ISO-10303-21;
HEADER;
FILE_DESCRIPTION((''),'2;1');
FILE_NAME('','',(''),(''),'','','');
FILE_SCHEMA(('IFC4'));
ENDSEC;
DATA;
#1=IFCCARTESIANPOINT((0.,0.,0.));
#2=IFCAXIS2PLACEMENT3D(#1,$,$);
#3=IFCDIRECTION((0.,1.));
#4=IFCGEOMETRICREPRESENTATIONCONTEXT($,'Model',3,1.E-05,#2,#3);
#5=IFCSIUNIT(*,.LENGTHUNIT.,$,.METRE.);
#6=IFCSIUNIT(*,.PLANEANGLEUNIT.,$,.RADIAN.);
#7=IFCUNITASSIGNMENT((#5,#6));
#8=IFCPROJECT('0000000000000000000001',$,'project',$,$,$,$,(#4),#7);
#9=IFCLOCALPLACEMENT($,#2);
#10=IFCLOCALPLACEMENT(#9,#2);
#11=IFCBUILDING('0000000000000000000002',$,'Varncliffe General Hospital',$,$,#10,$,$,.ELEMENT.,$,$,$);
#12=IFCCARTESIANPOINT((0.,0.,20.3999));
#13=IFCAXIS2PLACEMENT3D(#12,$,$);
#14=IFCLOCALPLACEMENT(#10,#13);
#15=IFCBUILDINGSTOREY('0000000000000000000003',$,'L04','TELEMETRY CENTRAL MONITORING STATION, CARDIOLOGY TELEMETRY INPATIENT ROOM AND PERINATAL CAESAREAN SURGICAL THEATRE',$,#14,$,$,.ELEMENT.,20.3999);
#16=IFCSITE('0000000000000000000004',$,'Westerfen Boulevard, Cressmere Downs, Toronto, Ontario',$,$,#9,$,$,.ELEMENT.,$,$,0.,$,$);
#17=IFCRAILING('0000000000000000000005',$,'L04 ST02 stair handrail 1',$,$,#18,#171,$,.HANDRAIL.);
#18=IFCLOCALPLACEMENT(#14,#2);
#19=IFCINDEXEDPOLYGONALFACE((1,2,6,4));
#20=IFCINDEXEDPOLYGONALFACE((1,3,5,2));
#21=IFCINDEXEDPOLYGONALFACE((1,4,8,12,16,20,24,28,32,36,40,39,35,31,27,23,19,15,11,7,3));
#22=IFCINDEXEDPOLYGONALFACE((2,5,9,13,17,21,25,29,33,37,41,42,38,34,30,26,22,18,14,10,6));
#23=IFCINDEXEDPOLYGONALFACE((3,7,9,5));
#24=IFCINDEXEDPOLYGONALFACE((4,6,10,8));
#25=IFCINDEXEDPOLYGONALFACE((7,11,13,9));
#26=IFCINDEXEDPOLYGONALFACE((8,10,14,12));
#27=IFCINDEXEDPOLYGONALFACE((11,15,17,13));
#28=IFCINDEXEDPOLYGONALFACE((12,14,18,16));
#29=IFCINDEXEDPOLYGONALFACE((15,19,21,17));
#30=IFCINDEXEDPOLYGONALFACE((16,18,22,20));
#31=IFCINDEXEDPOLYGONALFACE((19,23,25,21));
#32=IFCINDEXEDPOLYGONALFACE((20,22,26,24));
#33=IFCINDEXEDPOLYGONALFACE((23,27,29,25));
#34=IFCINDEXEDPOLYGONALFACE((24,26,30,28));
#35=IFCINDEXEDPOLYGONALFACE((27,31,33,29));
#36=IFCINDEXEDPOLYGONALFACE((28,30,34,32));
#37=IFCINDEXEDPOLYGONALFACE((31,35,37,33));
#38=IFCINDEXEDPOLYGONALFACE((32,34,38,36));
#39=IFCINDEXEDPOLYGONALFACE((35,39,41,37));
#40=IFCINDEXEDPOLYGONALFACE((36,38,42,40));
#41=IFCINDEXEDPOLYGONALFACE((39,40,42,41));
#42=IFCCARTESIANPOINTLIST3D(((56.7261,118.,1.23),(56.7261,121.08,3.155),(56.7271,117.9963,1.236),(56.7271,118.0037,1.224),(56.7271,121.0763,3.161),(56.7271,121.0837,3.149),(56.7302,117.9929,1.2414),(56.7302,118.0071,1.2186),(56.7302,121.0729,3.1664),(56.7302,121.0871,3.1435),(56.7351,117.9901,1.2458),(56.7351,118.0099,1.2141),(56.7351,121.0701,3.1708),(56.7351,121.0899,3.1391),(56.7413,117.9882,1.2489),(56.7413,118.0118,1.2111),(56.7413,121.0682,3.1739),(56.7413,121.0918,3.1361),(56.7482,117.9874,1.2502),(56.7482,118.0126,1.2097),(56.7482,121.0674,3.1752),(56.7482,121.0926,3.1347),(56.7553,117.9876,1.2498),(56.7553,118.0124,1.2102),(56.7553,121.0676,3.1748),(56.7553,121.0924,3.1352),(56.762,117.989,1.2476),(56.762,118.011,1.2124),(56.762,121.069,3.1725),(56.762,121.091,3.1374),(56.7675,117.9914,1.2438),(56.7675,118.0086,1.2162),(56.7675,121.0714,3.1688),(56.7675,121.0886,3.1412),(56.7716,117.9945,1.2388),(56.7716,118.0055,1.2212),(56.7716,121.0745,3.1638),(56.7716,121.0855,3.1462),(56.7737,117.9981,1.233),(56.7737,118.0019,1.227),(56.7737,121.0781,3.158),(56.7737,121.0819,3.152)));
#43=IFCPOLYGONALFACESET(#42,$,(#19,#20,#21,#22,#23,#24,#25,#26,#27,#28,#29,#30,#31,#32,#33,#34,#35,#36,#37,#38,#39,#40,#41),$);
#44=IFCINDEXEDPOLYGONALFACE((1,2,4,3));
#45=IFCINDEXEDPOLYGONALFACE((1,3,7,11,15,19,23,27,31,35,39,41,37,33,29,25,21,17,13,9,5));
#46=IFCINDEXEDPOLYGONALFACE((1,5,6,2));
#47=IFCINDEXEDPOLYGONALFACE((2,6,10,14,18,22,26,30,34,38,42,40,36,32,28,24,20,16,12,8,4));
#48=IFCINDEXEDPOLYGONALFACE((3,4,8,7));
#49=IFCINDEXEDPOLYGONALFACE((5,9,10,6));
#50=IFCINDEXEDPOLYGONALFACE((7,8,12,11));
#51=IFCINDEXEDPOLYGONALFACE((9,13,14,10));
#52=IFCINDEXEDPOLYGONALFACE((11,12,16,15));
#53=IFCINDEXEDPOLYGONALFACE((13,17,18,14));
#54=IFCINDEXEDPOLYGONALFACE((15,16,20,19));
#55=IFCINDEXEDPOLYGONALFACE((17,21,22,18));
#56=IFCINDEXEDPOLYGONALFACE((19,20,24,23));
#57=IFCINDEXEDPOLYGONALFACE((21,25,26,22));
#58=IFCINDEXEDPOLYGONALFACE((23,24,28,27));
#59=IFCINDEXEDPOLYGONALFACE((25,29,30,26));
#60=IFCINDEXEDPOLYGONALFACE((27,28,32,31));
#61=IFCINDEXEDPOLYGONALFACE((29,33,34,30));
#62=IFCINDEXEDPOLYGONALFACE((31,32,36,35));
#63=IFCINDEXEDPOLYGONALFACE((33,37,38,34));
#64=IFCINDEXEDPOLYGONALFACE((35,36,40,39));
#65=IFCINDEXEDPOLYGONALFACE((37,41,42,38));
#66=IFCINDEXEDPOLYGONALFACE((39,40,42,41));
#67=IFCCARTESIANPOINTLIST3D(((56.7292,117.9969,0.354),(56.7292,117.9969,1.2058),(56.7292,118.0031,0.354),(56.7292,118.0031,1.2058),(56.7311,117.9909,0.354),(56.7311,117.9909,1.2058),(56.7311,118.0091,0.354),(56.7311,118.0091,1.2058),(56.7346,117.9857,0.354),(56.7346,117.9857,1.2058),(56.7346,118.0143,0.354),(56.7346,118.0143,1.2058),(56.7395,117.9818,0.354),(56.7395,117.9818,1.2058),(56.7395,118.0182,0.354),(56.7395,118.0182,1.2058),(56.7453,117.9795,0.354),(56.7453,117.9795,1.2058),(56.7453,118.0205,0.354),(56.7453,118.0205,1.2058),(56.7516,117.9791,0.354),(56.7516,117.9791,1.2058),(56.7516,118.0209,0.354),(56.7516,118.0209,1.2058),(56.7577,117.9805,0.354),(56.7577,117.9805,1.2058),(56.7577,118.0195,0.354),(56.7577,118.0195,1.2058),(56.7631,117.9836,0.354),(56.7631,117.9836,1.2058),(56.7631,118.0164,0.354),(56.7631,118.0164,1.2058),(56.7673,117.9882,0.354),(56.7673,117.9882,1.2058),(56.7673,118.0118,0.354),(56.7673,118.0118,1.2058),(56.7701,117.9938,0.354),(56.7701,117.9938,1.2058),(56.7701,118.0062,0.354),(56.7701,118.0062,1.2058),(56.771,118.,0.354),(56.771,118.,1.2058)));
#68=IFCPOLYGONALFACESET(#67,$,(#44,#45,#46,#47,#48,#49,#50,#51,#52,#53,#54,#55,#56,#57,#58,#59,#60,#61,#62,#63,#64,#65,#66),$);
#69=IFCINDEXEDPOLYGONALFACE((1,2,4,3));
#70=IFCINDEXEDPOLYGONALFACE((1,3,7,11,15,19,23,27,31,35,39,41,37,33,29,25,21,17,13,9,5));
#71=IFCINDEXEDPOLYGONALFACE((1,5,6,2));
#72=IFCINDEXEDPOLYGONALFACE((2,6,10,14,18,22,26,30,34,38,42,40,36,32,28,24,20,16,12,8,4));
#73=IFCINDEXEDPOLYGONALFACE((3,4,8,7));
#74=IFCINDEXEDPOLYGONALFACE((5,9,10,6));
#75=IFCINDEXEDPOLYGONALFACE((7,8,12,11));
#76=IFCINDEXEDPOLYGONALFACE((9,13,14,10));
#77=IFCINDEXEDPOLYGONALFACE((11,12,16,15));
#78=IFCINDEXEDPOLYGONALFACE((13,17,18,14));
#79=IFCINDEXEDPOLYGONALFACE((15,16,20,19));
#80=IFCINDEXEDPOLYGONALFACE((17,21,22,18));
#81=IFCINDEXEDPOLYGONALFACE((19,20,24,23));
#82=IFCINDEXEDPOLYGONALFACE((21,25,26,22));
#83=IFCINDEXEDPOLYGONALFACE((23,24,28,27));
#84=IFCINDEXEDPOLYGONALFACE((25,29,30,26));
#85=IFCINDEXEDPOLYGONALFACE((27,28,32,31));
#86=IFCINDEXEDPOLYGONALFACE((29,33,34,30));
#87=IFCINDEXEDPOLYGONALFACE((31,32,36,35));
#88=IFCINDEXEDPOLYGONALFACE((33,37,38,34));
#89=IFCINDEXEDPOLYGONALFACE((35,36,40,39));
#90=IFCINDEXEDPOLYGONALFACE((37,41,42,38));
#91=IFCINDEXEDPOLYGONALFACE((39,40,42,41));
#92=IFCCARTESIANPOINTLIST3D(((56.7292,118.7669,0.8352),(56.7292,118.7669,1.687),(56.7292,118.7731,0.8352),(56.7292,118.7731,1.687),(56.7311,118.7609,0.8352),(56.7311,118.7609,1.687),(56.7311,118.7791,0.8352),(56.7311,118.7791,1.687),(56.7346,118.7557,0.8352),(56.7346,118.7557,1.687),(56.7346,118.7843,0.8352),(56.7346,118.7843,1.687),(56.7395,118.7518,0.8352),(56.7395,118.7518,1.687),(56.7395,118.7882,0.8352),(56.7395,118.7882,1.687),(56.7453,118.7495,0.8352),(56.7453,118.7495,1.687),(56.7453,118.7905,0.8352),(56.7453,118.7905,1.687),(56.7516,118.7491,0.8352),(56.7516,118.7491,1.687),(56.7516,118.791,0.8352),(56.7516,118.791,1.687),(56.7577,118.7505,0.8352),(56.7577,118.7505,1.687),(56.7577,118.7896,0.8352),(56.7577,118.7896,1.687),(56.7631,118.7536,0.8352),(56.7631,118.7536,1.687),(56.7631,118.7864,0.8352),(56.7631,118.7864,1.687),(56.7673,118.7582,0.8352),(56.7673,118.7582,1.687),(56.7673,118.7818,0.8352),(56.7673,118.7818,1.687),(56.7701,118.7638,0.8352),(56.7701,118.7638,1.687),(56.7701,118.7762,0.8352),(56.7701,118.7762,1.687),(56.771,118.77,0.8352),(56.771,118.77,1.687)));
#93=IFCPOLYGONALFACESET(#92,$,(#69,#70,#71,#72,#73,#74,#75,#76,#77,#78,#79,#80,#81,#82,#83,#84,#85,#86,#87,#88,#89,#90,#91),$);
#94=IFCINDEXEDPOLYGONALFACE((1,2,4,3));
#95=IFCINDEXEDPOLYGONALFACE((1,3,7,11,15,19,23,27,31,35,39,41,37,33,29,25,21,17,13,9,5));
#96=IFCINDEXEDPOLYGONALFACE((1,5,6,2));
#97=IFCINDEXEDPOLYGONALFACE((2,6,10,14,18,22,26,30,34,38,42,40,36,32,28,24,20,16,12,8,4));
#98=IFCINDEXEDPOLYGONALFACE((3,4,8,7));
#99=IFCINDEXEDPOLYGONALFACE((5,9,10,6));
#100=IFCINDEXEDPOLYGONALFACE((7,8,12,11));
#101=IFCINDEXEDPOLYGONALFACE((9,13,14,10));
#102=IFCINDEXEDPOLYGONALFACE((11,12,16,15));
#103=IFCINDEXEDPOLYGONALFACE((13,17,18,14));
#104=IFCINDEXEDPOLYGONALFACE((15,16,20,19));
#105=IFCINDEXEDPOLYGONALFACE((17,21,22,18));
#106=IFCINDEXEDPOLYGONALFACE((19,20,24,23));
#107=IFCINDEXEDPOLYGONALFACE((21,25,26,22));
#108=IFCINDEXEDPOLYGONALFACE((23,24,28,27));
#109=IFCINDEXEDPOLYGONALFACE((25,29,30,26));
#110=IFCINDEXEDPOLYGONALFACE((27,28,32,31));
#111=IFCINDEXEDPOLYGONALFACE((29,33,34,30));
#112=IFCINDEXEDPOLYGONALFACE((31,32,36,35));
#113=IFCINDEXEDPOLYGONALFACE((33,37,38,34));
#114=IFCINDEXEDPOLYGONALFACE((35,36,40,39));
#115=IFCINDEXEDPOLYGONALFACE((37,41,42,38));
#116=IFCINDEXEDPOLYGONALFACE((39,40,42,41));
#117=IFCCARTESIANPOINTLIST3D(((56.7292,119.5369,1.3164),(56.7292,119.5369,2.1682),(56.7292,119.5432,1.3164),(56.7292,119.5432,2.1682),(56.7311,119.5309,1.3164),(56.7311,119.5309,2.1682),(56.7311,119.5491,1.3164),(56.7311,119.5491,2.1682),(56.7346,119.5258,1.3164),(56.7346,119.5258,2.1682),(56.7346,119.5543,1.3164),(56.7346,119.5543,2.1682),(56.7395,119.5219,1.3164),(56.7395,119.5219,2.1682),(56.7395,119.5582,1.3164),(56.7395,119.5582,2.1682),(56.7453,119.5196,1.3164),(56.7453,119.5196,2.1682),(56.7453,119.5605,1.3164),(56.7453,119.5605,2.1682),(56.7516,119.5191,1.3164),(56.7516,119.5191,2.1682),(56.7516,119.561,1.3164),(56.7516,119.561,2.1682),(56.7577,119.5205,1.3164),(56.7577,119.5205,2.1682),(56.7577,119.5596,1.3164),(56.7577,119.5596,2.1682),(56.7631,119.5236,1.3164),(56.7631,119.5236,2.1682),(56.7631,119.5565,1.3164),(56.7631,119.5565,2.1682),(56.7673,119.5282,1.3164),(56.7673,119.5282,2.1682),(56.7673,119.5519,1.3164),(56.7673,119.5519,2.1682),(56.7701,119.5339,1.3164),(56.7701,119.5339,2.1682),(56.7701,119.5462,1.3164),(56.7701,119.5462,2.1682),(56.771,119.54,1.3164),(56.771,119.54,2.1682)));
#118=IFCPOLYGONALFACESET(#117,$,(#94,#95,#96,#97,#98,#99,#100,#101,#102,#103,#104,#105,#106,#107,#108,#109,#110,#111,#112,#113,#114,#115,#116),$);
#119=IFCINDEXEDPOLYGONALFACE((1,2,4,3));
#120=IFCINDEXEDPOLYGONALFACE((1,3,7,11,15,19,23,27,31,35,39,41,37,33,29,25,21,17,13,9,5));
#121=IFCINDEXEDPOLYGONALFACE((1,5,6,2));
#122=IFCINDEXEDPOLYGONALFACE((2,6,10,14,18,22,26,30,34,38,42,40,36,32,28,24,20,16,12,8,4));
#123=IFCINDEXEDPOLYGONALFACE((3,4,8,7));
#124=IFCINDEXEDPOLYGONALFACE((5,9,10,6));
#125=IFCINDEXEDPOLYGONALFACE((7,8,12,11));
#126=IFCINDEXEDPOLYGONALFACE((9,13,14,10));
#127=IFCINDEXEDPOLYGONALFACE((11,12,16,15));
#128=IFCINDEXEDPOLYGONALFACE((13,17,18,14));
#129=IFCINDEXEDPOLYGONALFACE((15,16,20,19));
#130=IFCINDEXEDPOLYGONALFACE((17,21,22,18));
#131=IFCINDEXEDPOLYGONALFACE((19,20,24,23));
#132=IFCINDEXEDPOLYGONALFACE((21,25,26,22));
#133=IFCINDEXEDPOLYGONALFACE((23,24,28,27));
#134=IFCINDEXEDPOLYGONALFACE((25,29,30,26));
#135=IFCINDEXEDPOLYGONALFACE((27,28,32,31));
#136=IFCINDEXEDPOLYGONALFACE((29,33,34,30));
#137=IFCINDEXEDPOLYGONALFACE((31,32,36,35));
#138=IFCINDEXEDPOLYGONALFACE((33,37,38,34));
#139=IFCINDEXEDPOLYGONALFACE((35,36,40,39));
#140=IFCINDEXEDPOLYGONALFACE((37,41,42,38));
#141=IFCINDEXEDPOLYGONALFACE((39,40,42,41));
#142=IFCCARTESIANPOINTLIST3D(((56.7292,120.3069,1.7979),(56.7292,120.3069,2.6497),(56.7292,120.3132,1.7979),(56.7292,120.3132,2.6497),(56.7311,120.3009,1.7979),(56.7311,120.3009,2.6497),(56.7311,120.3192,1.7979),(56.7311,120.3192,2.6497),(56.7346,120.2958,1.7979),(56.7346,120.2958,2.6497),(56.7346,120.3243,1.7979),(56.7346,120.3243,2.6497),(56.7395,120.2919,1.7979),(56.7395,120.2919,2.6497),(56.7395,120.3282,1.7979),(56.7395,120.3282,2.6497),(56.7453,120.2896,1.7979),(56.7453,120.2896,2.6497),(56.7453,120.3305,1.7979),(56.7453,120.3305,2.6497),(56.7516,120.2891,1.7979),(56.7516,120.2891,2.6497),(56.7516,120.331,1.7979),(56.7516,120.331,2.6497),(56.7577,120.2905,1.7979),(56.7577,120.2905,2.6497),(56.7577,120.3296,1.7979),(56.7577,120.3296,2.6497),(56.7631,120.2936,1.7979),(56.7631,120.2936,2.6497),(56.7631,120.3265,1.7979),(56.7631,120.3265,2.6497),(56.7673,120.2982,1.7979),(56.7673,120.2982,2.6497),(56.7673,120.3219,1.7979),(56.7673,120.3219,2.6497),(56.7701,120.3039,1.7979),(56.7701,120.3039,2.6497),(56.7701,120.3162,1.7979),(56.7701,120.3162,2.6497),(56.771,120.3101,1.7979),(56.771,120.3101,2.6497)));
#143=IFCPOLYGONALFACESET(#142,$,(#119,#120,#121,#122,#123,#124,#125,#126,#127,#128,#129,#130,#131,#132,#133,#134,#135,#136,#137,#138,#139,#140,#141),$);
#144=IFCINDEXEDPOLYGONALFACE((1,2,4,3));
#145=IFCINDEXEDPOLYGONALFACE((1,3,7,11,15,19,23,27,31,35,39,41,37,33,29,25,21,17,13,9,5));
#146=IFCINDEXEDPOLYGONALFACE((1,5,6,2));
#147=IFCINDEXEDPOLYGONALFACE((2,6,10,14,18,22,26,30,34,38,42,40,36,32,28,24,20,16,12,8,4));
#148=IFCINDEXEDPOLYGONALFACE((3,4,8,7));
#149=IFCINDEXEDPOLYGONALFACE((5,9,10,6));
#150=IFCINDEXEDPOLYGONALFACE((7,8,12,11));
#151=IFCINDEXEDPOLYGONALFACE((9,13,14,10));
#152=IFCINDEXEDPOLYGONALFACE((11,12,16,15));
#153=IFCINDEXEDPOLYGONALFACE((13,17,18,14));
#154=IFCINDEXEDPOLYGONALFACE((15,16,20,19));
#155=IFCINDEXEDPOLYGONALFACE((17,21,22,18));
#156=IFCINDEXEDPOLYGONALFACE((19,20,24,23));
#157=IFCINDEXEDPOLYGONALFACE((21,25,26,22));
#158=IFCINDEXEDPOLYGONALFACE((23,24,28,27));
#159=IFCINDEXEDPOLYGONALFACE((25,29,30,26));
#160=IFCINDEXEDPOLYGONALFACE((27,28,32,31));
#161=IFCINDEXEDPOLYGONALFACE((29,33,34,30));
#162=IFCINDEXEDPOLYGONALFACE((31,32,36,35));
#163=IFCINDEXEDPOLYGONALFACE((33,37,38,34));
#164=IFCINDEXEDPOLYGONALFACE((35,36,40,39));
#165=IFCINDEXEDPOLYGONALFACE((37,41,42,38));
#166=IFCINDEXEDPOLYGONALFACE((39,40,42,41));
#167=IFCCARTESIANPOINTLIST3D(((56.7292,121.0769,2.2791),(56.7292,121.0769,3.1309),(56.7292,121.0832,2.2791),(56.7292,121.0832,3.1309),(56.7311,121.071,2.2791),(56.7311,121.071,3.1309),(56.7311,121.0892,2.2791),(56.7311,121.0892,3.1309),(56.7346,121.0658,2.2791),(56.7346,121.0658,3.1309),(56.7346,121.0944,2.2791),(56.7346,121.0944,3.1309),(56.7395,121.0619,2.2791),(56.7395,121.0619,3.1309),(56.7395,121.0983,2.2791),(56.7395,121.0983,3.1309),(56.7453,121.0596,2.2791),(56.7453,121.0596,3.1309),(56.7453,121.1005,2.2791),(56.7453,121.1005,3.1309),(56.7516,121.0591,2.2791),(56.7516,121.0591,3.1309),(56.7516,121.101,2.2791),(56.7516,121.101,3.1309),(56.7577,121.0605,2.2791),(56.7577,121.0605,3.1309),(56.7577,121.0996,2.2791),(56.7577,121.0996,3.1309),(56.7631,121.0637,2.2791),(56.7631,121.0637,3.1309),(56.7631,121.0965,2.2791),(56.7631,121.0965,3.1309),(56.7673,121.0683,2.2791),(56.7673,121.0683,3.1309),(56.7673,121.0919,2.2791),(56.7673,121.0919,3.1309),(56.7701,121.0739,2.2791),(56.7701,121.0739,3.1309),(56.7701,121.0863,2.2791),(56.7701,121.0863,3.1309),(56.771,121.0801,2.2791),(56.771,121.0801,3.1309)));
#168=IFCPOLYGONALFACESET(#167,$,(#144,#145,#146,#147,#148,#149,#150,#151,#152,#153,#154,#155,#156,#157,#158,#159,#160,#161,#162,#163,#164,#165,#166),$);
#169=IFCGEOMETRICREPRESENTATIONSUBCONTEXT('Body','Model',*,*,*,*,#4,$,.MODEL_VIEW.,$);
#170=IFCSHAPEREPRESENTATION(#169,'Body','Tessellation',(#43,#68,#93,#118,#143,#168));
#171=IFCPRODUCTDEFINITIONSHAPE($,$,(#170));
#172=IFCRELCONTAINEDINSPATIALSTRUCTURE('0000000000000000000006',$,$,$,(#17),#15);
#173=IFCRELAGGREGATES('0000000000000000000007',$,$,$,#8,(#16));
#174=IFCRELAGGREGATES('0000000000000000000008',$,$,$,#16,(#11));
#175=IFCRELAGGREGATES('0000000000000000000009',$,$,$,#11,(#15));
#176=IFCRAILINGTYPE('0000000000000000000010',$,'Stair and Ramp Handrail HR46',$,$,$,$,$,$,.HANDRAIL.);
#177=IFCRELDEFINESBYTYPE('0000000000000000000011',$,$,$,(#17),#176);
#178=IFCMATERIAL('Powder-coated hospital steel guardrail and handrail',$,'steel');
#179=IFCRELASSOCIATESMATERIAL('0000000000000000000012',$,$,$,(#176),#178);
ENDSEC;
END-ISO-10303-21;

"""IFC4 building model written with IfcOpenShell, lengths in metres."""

from ifc_helpers import new_model, si_unit, direction, frame, origin, origin_2d, place, context, subcontext, project, spatial, circle, extrude, material, type_object, element, save


model = new_model("IFC4")

# Units and contexts
model_context = context("Model", 3, precision=1e-05, world=origin(), true_north=direction((0.0, 1.0)))
body_context = subcontext(model_context, "Body", "Model", "MODEL_VIEW")
ifc_project = project(units=[si_unit("LENGTHUNIT", "METRE"), si_unit("PLANEANGLEUNIT", "RADIAN")], contexts=[model_context])

# Site, building, storey
site_placement = place(None, origin())
site = spatial("IfcSite", under=ifc_project, at=site_placement, Name="Westerfen Boulevard, Cressmere Downs, Toronto, Ontario", CompositionType="ELEMENT", RefElevation=0.0)
building_placement = place(site_placement, origin())
building = spatial("IfcBuilding", under=site, at=building_placement, Name="Varncliffe General Hospital", CompositionType="ELEMENT")
storey_placement = place(building_placement, frame((0.0, 0.0, 20.3999)))
storey = spatial("IfcBuildingStorey", under=building, at=storey_placement, Name="L04", Description="TELEMETRY CENTRAL MONITORING STATION, CARDIOLOGY TELEMETRY INPATIENT ROOM AND PERINATAL CAESAREAN SURGICAL THEATRE", CompositionType="ELEMENT", Elevation=20.3999)

# Railing
ifc_material_1 = material(Name="Powder-coated hospital steel guardrail and handrail", Category="steel")
railing_type_1 = type_object("IfcRailingType", Name="Stair and Ramp Handrail HR46", PredefinedType="HANDRAIL", material=ifc_material_1)
railing_1_placement = place(storey_placement, frame((56.75, 118.0, 0.354)))
element("IfcRailing", 1, at=railing_1_placement, inside=storey, type_object=railing_type_1, Name="L04 ST02 stair handrail 1", PredefinedType="HANDRAIL", context=body_context, shape_type="SweptSolid", body=[
    extrude(circle(Radius=0.0239, at=origin_2d()), frame((0.0, 0.0, 0.876), z_axis=(0.0, 0.847998, 0.529999), x_axis=(-1.0, 0.0, 0.0)), (0.0, 0.0, 1.0), 3.6321),
    extrude(circle(Radius=0.021, at=origin_2d()), origin(), (0.0, 0.0, 1.0), 0.8518),
    extrude(circle(Radius=0.021, at=origin_2d()), frame((0.0, 0.77, 0.4812)), (0.0, 0.0, 1.0), 0.8518),
    extrude(circle(Radius=0.021, at=origin_2d()), frame((0.0, 1.54, 0.9624)), (0.0, 0.0, 1.0), 0.8518),
    extrude(circle(Radius=0.021, at=origin_2d()), frame((0.0, 2.3101, 1.4438)), (0.0, 0.0, 1.0), 0.8518),
    extrude(circle(Radius=0.021, at=origin_2d()), frame((0.0, 3.0801, 1.925)), (0.0, 0.0, 1.0), 0.8518),
])

save(model, "model.ifc")
